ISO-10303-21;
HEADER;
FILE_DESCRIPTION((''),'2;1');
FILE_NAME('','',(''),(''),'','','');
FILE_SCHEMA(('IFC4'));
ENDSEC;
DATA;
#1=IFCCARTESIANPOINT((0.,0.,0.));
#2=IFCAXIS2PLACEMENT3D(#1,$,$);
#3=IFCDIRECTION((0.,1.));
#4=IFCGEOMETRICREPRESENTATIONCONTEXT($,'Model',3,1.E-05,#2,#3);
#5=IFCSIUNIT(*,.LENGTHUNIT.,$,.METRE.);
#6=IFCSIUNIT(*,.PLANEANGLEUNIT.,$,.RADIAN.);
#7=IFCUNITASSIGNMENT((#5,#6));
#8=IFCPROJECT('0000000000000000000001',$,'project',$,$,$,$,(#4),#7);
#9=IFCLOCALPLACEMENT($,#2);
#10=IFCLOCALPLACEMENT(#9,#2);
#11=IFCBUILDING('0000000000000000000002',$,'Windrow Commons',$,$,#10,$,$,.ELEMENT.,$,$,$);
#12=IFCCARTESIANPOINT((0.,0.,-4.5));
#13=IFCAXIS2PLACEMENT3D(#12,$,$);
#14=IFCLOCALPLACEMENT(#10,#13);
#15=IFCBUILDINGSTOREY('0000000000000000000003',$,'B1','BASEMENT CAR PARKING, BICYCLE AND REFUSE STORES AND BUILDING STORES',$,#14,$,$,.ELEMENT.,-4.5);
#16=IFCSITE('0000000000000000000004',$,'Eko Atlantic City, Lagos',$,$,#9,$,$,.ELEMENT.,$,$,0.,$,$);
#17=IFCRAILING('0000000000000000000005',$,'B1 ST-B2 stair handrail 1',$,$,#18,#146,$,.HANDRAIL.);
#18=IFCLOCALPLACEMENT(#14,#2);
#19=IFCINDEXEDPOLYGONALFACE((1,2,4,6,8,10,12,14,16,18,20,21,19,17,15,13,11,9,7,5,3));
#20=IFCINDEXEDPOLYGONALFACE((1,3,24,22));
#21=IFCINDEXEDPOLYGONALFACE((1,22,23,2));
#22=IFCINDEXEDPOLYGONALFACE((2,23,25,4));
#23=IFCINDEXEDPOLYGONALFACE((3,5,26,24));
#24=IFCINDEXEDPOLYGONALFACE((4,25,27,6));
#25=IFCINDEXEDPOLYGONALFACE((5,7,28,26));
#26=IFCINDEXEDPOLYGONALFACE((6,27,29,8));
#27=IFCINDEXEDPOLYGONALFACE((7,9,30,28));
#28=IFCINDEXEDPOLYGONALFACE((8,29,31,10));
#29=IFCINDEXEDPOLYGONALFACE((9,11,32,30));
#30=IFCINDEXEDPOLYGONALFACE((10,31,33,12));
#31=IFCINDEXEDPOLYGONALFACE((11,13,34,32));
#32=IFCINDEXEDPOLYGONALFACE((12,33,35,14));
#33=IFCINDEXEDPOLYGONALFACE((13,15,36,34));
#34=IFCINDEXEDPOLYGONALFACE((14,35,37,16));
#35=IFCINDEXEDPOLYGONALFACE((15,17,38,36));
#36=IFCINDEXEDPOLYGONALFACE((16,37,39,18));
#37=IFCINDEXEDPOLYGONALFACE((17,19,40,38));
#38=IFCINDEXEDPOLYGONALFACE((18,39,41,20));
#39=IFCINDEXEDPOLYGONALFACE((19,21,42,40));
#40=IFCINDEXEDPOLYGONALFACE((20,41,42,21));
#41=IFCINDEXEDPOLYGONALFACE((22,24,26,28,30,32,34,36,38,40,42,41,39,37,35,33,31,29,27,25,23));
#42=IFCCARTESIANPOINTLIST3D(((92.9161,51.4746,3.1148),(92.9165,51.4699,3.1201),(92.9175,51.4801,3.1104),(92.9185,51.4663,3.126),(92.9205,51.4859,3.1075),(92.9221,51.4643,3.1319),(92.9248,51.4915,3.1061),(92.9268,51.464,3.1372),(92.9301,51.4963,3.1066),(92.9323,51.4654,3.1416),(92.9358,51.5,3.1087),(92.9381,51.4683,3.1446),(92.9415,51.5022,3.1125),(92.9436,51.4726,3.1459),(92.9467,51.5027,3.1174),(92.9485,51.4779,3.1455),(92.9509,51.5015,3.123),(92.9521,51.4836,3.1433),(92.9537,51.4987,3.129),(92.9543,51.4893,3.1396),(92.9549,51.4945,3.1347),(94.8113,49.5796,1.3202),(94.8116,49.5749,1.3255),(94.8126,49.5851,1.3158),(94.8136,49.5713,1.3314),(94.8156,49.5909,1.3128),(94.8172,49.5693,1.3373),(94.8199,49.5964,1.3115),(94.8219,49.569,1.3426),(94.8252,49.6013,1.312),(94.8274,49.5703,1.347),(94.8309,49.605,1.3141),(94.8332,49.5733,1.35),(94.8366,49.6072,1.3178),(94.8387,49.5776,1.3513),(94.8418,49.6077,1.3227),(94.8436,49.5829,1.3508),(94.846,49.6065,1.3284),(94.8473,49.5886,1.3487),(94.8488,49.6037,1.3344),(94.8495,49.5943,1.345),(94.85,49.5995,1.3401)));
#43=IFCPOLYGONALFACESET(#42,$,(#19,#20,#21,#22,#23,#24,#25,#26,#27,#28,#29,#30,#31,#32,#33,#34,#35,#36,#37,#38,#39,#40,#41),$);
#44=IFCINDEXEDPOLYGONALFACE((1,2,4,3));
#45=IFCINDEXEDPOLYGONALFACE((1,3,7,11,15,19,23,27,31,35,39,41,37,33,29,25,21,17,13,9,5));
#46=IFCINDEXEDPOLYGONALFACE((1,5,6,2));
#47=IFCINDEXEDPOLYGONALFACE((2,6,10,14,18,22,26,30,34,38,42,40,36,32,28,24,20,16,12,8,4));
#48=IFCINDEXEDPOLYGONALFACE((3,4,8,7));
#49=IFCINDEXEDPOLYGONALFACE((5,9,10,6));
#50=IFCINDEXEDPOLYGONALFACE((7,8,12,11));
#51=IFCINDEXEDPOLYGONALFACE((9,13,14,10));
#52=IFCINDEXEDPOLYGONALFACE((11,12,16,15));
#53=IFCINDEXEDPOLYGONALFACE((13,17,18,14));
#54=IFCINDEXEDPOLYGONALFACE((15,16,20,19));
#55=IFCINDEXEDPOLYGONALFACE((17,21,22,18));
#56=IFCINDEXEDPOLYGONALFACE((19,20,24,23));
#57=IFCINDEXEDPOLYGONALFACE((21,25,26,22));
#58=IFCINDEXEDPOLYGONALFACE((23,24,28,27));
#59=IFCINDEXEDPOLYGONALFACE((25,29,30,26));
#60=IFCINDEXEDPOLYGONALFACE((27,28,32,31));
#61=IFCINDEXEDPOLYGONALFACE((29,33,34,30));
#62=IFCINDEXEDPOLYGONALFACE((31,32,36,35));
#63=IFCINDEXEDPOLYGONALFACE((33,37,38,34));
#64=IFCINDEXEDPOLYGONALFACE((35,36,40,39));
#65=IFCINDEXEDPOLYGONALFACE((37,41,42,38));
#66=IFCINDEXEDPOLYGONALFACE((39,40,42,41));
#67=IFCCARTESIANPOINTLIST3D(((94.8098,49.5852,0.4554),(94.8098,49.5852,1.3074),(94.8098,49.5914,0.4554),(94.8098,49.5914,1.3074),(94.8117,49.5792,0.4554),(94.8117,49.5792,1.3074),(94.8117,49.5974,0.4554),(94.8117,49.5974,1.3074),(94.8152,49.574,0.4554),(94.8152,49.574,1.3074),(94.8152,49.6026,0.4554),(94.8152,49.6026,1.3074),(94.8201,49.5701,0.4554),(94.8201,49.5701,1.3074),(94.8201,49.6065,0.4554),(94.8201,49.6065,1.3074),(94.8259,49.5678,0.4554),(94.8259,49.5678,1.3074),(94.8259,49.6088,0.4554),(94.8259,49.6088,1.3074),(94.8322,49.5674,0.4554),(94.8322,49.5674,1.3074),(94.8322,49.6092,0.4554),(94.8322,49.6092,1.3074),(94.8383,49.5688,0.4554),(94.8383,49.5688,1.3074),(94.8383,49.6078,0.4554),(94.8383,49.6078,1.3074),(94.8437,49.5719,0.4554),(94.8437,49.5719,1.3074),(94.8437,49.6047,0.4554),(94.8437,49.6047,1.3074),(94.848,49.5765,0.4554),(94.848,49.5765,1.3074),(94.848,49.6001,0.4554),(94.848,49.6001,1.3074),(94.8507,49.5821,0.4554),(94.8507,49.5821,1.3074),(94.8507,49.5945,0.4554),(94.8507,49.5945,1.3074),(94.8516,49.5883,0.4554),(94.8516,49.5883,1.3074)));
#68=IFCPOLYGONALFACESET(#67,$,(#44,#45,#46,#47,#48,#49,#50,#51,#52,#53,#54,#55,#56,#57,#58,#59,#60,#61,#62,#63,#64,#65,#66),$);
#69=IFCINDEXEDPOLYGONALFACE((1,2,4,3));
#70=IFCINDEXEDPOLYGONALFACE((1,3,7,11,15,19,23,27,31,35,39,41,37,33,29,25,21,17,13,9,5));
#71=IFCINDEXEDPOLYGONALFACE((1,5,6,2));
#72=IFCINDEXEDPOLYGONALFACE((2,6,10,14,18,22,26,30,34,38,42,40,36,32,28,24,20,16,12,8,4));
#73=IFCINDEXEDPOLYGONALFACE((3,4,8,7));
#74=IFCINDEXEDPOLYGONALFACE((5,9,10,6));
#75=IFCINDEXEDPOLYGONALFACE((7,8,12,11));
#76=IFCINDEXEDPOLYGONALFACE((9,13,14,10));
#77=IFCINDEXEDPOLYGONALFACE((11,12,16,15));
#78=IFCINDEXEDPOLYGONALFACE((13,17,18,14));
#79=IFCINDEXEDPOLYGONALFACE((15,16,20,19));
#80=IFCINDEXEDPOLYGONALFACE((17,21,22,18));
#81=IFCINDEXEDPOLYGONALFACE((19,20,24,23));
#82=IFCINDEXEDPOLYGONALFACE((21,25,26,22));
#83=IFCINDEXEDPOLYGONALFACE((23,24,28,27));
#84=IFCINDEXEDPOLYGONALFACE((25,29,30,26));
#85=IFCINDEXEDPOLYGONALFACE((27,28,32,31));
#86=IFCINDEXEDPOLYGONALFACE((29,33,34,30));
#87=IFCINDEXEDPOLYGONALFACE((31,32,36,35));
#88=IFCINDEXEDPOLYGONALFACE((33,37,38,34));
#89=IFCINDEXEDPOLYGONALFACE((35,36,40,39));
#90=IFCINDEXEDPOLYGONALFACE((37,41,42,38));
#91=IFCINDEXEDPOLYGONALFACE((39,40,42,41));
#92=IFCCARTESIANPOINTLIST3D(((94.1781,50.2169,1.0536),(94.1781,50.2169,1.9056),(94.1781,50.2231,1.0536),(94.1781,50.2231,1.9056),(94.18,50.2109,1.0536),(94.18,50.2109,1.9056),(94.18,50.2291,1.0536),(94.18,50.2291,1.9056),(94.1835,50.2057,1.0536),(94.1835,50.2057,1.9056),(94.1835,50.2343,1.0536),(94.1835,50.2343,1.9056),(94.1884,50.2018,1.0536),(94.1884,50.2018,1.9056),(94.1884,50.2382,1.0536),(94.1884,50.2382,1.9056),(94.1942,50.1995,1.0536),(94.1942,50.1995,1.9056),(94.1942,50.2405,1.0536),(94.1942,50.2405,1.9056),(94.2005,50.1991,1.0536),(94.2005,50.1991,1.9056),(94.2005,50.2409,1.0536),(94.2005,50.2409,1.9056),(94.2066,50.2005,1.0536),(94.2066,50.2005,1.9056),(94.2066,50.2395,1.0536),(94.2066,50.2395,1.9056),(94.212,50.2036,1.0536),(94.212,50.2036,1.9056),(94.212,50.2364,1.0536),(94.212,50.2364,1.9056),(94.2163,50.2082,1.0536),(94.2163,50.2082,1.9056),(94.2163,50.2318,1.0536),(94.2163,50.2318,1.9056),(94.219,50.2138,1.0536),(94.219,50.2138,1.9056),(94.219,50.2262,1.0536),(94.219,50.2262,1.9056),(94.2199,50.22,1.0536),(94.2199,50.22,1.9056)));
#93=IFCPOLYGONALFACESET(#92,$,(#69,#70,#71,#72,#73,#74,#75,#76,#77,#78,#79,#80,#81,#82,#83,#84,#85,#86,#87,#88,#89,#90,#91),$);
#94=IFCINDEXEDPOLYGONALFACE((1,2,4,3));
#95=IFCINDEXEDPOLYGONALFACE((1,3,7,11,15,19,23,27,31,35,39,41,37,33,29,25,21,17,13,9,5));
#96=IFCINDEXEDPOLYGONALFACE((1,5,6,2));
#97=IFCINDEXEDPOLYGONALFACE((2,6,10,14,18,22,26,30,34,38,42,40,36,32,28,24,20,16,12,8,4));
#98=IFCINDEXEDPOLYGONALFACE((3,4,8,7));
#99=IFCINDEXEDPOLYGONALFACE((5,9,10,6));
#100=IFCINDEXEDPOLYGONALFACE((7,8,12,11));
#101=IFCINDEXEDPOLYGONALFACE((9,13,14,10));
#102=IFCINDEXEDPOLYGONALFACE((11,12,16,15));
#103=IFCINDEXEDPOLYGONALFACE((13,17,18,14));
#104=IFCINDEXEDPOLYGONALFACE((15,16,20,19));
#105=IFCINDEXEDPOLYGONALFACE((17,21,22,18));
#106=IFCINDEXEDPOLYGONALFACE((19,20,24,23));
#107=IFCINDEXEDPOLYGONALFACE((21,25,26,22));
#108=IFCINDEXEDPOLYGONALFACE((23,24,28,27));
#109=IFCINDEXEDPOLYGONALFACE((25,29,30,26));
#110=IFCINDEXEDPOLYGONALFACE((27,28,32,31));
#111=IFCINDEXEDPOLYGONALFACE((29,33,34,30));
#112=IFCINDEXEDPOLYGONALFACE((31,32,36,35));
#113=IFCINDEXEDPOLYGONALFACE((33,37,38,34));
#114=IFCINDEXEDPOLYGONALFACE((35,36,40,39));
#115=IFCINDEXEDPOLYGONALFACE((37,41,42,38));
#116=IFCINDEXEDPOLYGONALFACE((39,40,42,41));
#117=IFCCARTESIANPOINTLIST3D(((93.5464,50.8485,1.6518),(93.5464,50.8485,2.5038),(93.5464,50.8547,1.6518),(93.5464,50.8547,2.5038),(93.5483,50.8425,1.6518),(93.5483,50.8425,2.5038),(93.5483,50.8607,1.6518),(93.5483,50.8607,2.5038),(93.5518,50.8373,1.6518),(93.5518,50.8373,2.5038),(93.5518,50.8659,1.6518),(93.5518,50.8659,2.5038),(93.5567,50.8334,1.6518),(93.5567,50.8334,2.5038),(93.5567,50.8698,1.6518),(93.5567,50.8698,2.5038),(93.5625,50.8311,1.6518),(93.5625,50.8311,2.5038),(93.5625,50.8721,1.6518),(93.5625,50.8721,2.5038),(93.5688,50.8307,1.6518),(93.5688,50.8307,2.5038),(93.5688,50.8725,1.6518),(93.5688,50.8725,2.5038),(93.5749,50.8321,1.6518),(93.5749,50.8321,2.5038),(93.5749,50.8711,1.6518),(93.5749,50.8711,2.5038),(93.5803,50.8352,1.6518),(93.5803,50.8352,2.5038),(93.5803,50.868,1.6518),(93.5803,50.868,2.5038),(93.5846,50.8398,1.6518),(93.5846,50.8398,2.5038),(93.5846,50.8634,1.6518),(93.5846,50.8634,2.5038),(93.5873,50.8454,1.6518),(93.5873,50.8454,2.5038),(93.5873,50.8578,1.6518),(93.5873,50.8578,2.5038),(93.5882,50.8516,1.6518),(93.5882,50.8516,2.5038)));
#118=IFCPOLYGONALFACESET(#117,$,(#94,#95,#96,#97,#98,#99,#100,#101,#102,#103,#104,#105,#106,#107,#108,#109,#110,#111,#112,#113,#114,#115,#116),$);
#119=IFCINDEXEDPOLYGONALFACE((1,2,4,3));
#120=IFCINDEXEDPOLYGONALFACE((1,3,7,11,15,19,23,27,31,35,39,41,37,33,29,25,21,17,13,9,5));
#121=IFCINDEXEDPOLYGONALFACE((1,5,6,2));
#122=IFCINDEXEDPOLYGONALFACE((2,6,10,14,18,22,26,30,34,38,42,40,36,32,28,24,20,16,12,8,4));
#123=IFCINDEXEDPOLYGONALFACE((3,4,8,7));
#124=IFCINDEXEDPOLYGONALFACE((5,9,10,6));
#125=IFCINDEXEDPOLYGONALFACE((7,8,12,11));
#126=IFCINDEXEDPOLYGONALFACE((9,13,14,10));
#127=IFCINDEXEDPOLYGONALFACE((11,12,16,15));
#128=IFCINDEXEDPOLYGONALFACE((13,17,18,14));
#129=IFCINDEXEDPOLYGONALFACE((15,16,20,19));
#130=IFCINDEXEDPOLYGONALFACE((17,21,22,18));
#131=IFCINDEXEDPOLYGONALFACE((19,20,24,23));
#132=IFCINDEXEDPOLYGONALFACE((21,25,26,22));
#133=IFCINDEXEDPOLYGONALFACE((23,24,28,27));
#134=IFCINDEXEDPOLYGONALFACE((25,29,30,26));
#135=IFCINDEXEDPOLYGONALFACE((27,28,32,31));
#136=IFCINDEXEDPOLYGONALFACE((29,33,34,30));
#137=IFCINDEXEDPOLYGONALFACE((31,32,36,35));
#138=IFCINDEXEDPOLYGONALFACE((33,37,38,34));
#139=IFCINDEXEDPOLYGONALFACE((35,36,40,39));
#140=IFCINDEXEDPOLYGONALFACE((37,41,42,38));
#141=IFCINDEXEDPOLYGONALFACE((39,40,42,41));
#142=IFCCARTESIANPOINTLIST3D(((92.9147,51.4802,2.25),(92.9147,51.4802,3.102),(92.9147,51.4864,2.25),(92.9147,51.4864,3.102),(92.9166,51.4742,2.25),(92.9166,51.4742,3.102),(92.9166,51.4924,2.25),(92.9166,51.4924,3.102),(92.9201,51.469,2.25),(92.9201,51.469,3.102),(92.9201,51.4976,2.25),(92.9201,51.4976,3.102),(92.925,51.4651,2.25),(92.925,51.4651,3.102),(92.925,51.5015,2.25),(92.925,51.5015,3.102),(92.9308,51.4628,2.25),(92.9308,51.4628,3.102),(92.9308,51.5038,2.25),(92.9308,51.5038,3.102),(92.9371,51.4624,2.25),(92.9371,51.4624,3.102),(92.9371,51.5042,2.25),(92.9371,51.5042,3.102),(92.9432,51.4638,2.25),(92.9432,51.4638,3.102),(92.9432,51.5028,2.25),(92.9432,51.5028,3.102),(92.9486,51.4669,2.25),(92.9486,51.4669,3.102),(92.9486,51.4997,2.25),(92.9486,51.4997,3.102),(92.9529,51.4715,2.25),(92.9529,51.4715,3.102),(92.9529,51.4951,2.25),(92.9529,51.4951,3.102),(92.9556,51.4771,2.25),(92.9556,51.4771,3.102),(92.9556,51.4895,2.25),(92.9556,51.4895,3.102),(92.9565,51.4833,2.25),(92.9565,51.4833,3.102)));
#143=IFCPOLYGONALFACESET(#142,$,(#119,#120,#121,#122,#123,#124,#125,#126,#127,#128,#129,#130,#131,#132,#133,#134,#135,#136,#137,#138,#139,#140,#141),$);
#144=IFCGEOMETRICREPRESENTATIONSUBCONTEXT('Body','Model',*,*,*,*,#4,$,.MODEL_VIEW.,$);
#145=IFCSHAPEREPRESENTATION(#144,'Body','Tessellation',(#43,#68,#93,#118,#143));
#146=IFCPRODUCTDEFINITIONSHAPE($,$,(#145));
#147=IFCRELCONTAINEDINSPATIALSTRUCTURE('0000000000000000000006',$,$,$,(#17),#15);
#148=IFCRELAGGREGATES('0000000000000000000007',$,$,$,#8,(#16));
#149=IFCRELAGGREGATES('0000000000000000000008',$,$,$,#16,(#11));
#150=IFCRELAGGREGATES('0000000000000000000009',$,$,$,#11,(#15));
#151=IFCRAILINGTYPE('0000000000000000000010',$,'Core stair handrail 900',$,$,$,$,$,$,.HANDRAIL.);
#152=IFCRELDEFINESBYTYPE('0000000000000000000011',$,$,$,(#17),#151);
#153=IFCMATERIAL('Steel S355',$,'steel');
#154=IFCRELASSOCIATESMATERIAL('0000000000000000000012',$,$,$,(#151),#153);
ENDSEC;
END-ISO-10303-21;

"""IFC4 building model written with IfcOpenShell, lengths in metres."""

from ifc_helpers import new_model, si_unit, direction, frame, origin, origin_2d, place, context, subcontext, project, spatial, circle, extrude, material, type_object, element, save


model = new_model("IFC4")

# Units and contexts
model_context = context("Model", 3, precision=1e-05, world=origin(), true_north=direction((0.0, 1.0)))
body_context = subcontext(model_context, "Body", "Model", "MODEL_VIEW")
ifc_project = project(units=[si_unit("LENGTHUNIT", "METRE"), si_unit("PLANEANGLEUNIT", "RADIAN")], contexts=[model_context])

# Site, building, storey
site_placement = place(None, origin())
site = spatial("IfcSite", under=ifc_project, at=site_placement, Name="Eko Atlantic City, Lagos", CompositionType="ELEMENT", RefElevation=0.0)
building_placement = place(site_placement, origin())
building = spatial("IfcBuilding", under=site, at=building_placement, Name="Windrow Commons", CompositionType="ELEMENT")
storey_placement = place(building_placement, frame((0.0, 0.0, -4.5)))
storey = spatial("IfcBuildingStorey", under=building, at=storey_placement, Name="B1", Description="BASEMENT CAR PARKING, BICYCLE AND REFUSE STORES AND BUILDING STORES", CompositionType="ELEMENT", Elevation=-4.5)

# Railing
ifc_material_1 = material(Name="Steel S355", Category="steel")
railing_type_1 = type_object("IfcRailingType", Name="Core stair handrail 900", PredefinedType="HANDRAIL", material=ifc_material_1)
railing_1_placement = place(storey_placement, frame((94.8306, 49.5883, 0.4554)))
element("IfcRailing", 1, at=railing_1_placement, inside=storey, type_object=railing_type_1, Name="B1 ST-B2 stair handrail 1", PredefinedType="HANDRAIL", context=body_context, shape_type="SweptSolid", body=[
    extrude(circle(Radius=0.024, at=origin_2d()), frame((0.0, 0.0, 0.876), z_axis=(-0.58756, 0.587529, 0.556401), x_axis=(-0.707088, -0.707125, 0.0)), (0.0, 0.0, 1.0), 3.2254),
    extrude(circle(Radius=0.021, at=origin_2d()), origin(), (0.0, 0.0, 1.0), 0.852),
    extrude(circle(Radius=0.021, at=origin_2d()), frame((-0.6317, 0.6317, 0.5982)), (0.0, 0.0, 1.0), 0.852),
    extrude(circle(Radius=0.021, at=origin_2d()), frame((-1.2634, 1.2633, 1.1964)), (0.0, 0.0, 1.0), 0.852),
    extrude(circle(Radius=0.021, at=origin_2d()), frame((-1.8951, 1.895, 1.7946)), (0.0, 0.0, 1.0), 0.852),
])

save(model, "model.ifc")
